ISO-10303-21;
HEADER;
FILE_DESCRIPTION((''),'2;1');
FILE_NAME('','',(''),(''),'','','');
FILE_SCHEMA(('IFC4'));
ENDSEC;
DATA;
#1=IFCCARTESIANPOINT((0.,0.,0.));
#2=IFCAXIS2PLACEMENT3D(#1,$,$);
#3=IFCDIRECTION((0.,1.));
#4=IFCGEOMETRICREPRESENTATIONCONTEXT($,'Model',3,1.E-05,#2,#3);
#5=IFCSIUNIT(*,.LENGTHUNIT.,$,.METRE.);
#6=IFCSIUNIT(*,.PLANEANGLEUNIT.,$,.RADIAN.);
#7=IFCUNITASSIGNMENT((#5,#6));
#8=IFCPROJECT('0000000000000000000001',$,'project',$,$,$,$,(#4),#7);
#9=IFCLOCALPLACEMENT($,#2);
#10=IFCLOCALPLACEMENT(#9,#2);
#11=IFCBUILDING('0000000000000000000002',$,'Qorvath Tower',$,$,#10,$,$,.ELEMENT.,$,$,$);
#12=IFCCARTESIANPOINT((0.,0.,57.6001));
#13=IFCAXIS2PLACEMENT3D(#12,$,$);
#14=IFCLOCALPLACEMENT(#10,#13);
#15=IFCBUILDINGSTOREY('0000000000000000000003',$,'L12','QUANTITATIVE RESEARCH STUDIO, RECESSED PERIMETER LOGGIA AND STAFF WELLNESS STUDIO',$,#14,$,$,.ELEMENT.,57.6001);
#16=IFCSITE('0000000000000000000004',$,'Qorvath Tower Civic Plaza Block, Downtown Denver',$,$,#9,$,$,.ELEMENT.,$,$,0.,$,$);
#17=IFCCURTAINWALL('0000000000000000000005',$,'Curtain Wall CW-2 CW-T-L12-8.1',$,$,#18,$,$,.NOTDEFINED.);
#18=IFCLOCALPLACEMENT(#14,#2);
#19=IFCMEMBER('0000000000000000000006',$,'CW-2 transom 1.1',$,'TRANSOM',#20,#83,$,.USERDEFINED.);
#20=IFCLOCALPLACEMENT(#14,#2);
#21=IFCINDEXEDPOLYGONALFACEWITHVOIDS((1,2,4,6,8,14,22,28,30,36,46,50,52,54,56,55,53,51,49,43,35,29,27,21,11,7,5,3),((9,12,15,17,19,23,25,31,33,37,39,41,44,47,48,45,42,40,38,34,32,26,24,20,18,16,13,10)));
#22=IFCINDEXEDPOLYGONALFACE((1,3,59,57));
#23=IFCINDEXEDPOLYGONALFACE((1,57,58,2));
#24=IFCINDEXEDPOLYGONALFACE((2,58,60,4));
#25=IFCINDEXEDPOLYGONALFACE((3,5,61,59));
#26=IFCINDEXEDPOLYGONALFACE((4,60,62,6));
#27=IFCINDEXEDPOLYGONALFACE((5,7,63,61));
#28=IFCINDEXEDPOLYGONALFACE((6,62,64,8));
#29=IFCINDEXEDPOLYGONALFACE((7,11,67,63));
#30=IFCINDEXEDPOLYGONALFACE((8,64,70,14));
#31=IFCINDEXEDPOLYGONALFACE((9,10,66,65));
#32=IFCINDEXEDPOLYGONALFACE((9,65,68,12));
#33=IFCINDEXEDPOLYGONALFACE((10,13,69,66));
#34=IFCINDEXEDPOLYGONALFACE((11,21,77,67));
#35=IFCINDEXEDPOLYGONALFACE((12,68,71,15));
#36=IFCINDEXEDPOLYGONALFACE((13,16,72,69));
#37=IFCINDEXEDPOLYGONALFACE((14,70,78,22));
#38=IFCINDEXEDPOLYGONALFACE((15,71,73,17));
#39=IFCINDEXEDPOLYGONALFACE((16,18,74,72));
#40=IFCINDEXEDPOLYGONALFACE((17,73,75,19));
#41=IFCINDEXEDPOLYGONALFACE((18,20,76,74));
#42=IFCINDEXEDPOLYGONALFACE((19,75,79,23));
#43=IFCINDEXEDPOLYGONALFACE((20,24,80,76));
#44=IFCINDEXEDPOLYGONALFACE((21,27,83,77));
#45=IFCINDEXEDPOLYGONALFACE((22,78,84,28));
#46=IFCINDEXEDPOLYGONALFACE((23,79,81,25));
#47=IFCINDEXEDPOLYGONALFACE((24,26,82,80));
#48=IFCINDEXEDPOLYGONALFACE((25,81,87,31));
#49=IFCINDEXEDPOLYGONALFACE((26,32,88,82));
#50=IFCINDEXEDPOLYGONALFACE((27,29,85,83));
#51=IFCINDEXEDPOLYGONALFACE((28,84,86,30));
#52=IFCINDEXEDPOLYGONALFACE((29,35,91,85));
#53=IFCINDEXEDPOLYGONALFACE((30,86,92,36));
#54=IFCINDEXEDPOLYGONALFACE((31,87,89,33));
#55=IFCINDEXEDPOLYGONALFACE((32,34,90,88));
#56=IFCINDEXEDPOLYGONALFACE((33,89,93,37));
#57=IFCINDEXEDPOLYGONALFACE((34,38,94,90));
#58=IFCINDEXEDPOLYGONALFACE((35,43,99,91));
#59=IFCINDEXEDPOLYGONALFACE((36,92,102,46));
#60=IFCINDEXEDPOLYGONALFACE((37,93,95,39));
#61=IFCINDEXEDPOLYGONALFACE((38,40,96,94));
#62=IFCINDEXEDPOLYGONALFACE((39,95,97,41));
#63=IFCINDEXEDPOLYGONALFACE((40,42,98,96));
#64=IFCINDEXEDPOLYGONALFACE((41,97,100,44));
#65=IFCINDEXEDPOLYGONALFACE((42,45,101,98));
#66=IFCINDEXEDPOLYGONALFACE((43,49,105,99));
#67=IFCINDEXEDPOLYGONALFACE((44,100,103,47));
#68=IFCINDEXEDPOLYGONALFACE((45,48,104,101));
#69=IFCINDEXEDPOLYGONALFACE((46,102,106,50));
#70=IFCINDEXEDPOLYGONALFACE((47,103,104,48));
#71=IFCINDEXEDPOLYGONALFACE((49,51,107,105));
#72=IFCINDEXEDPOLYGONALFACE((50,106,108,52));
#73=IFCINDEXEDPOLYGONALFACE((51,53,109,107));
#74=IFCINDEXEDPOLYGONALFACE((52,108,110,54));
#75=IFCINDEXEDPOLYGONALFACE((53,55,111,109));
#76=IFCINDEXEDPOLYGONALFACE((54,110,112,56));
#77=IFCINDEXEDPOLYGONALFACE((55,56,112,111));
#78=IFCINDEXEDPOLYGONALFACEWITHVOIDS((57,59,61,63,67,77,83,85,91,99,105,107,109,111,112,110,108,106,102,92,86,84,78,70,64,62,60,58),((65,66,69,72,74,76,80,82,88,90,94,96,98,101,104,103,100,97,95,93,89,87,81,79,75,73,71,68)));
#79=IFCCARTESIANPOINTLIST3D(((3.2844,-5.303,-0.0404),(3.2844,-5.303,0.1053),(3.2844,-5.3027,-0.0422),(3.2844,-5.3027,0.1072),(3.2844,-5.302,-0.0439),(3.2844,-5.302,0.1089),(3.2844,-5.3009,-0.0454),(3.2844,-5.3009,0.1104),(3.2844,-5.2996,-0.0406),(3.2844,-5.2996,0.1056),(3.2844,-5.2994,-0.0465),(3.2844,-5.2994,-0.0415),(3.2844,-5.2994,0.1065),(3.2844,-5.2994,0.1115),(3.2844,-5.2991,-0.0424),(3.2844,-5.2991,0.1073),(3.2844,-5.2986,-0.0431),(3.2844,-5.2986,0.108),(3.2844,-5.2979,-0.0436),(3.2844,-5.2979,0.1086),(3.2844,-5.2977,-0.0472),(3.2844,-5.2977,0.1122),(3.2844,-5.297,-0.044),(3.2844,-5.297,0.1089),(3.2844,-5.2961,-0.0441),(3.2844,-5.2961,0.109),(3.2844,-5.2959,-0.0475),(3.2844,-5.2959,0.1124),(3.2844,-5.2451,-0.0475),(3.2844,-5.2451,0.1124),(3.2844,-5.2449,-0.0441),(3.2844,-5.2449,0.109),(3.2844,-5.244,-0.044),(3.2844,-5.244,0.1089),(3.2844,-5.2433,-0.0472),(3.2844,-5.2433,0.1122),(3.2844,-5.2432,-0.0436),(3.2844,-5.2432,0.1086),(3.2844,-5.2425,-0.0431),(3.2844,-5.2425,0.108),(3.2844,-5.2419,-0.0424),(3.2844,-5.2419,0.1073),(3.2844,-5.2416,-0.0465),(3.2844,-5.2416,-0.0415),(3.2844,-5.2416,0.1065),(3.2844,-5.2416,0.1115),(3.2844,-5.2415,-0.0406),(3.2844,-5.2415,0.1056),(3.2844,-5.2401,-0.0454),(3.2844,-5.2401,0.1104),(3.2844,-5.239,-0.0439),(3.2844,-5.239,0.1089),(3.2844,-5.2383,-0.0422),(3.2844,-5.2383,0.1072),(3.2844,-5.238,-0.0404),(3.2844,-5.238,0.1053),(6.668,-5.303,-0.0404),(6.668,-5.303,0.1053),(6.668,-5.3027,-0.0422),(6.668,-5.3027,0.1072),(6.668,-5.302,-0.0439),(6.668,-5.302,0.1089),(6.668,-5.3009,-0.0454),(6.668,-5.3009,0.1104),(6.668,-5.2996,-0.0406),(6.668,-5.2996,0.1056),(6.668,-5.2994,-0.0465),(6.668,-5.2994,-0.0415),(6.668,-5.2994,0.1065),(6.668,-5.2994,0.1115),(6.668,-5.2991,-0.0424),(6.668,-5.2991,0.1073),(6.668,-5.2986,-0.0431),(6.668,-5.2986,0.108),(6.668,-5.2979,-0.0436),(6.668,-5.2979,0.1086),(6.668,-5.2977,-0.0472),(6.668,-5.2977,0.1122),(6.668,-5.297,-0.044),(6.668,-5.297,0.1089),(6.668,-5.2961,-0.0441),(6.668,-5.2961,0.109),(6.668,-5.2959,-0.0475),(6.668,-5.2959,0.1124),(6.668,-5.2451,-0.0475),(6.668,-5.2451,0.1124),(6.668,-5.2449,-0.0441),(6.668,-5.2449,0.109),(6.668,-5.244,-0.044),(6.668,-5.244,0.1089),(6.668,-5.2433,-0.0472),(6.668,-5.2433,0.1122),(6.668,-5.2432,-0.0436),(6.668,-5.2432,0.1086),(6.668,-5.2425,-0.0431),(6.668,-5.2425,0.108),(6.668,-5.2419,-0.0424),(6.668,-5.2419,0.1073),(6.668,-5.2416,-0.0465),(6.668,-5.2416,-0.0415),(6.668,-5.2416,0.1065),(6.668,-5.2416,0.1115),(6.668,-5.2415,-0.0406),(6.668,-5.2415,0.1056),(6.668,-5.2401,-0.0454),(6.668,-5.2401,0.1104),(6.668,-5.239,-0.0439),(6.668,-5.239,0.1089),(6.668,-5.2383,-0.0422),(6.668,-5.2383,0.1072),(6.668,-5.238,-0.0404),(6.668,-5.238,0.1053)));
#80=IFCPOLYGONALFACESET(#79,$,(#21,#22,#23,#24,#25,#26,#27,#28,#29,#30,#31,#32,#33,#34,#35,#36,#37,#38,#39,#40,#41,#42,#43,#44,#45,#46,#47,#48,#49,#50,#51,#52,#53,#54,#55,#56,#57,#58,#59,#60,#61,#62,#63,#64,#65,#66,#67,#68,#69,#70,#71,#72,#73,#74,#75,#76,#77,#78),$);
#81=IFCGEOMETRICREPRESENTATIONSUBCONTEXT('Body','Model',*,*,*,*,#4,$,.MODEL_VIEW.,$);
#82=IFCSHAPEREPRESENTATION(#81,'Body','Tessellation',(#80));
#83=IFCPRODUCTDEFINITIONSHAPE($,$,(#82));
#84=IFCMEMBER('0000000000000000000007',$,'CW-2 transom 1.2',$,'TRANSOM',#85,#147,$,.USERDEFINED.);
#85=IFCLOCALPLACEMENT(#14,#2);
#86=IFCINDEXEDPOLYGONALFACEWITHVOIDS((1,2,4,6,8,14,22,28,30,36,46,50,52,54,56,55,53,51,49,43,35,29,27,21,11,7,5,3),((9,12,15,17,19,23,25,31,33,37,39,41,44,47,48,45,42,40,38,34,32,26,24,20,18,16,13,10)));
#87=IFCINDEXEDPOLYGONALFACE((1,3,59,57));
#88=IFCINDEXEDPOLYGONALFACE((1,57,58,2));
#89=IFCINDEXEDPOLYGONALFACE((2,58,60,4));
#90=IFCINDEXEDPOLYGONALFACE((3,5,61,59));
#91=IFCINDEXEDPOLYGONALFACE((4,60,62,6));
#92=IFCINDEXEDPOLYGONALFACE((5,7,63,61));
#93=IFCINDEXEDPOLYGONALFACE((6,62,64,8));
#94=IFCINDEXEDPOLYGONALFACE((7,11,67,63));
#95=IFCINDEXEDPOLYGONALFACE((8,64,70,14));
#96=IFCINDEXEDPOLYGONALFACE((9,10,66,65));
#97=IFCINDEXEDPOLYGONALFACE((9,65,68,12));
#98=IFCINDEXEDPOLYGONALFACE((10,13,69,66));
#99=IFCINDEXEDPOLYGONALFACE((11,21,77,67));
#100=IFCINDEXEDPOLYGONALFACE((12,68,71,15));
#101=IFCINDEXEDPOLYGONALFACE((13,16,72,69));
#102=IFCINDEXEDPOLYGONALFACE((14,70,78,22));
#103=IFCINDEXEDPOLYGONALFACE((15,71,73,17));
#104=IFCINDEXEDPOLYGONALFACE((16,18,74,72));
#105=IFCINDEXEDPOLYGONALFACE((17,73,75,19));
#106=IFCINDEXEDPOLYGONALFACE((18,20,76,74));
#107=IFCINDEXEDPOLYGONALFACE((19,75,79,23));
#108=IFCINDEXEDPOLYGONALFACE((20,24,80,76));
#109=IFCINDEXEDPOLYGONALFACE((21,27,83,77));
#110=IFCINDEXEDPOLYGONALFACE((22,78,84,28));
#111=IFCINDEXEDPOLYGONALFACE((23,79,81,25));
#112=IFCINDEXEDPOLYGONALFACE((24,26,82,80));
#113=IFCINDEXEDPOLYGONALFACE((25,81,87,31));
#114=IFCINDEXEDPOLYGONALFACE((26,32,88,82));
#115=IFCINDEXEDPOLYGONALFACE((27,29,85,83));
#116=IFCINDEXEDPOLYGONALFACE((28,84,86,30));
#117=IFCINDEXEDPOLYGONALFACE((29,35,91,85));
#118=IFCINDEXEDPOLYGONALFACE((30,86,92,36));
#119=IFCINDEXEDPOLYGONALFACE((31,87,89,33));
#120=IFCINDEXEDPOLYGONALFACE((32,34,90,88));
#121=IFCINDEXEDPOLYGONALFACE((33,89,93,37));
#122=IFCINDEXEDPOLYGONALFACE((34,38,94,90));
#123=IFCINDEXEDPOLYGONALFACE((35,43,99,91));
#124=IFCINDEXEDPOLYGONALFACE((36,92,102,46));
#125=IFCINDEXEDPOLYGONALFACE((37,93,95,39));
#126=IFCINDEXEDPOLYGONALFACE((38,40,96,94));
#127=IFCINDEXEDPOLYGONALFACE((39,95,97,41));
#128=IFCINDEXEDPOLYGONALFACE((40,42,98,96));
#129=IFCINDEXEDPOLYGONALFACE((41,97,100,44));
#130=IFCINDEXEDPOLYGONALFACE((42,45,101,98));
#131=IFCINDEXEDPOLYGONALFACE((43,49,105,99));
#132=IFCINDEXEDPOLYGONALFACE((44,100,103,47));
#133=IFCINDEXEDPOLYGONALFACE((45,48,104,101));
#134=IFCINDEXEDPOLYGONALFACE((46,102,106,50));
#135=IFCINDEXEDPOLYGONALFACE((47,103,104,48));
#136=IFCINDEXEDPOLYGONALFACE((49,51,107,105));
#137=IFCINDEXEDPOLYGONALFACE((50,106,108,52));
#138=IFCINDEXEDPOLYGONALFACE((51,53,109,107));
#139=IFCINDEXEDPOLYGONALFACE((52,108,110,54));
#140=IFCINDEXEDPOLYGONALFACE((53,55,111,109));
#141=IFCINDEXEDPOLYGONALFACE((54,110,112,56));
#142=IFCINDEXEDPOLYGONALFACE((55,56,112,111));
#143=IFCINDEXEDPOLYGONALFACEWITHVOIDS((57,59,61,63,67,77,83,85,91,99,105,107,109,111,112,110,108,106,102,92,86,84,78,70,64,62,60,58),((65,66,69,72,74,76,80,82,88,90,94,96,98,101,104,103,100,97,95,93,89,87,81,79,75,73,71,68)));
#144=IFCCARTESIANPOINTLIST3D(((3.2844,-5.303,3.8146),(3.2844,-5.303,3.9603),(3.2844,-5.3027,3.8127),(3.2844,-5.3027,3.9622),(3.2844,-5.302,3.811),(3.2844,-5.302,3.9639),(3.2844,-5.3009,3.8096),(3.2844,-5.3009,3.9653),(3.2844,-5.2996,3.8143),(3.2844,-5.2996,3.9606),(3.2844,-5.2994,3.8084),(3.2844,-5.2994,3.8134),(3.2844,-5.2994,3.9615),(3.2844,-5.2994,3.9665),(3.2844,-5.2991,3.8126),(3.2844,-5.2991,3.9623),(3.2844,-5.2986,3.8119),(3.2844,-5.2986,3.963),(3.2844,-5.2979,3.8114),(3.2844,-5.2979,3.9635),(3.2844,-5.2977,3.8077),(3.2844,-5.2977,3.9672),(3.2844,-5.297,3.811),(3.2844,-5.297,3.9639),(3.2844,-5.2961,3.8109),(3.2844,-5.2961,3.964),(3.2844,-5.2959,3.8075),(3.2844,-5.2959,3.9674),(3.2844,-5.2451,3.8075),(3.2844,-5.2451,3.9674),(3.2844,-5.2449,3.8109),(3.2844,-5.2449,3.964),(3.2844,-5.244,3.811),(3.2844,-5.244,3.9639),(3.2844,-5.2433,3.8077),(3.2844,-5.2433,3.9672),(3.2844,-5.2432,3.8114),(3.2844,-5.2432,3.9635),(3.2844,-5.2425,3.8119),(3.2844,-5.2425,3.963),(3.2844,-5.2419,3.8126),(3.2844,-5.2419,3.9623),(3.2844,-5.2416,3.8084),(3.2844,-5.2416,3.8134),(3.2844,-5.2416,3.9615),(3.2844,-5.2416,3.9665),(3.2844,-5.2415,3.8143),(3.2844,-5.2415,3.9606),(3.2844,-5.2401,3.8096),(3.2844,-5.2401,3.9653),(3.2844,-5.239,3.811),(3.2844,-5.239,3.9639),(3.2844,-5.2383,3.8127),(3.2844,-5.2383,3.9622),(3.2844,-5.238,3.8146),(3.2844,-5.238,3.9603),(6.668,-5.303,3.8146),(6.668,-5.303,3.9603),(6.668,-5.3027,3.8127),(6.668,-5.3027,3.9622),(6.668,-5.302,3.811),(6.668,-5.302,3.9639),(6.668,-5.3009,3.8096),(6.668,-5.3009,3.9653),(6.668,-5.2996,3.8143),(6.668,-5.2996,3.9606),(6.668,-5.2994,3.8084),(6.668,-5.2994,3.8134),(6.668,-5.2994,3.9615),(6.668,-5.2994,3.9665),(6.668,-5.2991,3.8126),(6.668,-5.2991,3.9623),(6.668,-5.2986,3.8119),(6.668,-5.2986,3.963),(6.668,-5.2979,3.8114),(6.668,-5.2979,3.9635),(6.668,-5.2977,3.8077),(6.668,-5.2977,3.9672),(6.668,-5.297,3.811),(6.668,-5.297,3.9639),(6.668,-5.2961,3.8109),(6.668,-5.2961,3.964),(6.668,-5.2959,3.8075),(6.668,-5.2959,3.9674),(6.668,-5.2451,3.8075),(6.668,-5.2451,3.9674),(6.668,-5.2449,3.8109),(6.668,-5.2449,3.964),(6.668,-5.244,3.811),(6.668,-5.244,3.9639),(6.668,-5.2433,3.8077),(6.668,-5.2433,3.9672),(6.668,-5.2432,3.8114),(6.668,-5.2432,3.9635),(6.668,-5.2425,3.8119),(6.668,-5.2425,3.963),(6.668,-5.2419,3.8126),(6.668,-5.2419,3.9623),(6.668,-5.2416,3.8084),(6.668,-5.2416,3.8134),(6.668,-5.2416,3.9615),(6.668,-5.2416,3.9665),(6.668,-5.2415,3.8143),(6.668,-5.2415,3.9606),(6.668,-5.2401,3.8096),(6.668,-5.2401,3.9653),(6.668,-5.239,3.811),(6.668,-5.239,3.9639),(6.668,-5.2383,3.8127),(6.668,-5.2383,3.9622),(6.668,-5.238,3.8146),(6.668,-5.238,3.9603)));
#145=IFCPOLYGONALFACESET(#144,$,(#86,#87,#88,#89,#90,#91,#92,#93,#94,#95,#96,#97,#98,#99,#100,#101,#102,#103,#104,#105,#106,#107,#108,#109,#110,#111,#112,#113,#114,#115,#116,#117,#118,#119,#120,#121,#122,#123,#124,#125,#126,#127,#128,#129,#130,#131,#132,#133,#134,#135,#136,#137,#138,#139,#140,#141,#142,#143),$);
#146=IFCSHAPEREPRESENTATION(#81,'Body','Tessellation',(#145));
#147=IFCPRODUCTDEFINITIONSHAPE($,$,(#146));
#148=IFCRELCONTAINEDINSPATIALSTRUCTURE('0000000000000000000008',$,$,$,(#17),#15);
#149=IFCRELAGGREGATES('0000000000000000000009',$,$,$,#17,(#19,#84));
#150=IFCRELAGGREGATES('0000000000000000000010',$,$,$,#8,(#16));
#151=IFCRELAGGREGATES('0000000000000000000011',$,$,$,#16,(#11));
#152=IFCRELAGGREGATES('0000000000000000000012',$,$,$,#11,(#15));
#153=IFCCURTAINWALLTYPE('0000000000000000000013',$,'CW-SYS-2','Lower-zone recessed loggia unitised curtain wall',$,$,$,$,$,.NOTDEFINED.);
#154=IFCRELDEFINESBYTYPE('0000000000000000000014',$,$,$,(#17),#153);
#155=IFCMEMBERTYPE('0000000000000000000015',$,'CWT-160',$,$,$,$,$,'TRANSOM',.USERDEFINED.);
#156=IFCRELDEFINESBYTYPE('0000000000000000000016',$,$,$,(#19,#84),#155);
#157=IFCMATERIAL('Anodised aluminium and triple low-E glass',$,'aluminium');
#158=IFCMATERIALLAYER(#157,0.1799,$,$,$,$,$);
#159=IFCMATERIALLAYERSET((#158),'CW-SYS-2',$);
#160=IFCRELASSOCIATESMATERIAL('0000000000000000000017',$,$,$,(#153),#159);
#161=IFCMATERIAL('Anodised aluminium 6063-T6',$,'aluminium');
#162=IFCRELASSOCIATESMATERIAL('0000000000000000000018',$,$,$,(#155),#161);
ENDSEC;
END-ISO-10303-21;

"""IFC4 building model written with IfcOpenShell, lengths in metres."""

from ifc_helpers import new_model, si_unit, direction, frame, origin, origin_2d, place, context, subcontext, project, spatial, hollow_rectangle, extrude, material, layer, layer_set, material_profile, profile_set, type_object, element, aggregate, save


model = new_model("IFC4")

# Units and contexts
model_context = context("Model", 3, precision=1e-05, world=origin(), true_north=direction((0.0, 1.0)))
body_context = subcontext(model_context, "Body", "Model", "MODEL_VIEW")
ifc_project = project(units=[si_unit("LENGTHUNIT", "METRE"), si_unit("PLANEANGLEUNIT", "RADIAN")], contexts=[model_context])

# Site, building, storey
site_placement = place(None, origin())
site = spatial("IfcSite", under=ifc_project, at=site_placement, Name="Qorvath Tower Civic Plaza Block, Downtown Denver", CompositionType="ELEMENT", RefElevation=0.0)
building_placement = place(site_placement, origin())
building = spatial("IfcBuilding", under=site, at=building_placement, Name="Qorvath Tower", CompositionType="ELEMENT")
storey_placement = place(building_placement, frame((0.0, 0.0, 57.6001)))
storey = spatial("IfcBuildingStorey", under=building, at=storey_placement, Name="L12", Description="QUANTITATIVE RESEARCH STUDIO, RECESSED PERIMETER LOGGIA AND STAFF WELLNESS STUDIO", CompositionType="ELEMENT", Elevation=57.6001)

# Shared definitions
ifc_material_1 = material(Name="Anodised aluminium and triple low-E glass", Category="aluminium")
ifc_layer_1 = layer(ifc_material_1, 0.1799)
ifc_layer_set_1 = layer_set([ifc_layer_1], Name="CW-SYS-2")
curtain_wall_type = type_object("IfcCurtainWallType", Name="CW-SYS-2", Description="Lower-zone recessed loggia unitised curtain wall", PredefinedType="NOTDEFINED", material=ifc_layer_set_1)

# Curtain wall
curtain_wall_1_placement = place(storey_placement, origin())
curtain_wall_1 = element("IfcCurtainWall", 1, at=curtain_wall_1_placement, inside=storey, type_object=curtain_wall_type, Name="Curtain Wall CW-2 CW-T-L12-8.1", PredefinedType="NOTDEFINED")

# Members
ifc_material_2 = material(Name="Anodised aluminium 6063-T6", Category="aluminium")
ifc_material_profile_1 = material_profile(ifc_material_2, hollow_rectangle(XDim=0.0649, YDim=0.1599, WallThickness=0.0034, InnerFilletRadius=0.0034, OuterFilletRadius=0.0071, at=origin_2d()), Name="CWT 160x65")
ifc_profile_set_1 = profile_set([ifc_material_profile_1], Name="Anodised aluminium 6063-T6")
member_type_1 = type_object("IfcMemberType", Name="CWT-160", ElementType="TRANSOM", PredefinedType="USERDEFINED", material=ifc_profile_set_1)
member_1_placement = place(storey_placement, frame((6.668, -5.2705, 0.0325), z_axis=(-1.0, 0.0, 0.0), x_axis=(0.0, -1.0, 0.0)))
member_1 = element("IfcMember", 2, at=member_1_placement, type_object=member_type_1, Name="CW-2 transom 1.1", ObjectType="TRANSOM", PredefinedType="USERDEFINED", context=body_context, shape_type="SweptSolid", body=[
    extrude(hollow_rectangle(XDim=0.0649, YDim=0.1599, WallThickness=0.0034, InnerFilletRadius=0.0034, OuterFilletRadius=0.0071, at=origin_2d()), origin(), (0.0, 0.0, 1.0), 3.3835),
])
member_2_placement = place(storey_placement, frame((6.668, -5.2705, 3.8875), z_axis=(-1.0, 0.0, 0.0), x_axis=(0.0, -1.0, 0.0)))
member_2 = element("IfcMember", 3, at=member_2_placement, type_object=member_type_1, Name="CW-2 transom 1.2", ObjectType="TRANSOM", PredefinedType="USERDEFINED", context=body_context, shape_type="SweptSolid", body=[
    extrude(hollow_rectangle(XDim=0.0649, YDim=0.1599, WallThickness=0.0034, InnerFilletRadius=0.0034, OuterFilletRadius=0.0071, at=origin_2d()), origin(), (0.0, 0.0, 1.0), 3.3835),
])

aggregate(curtain_wall_1, [member_1, member_2])

save(model, "model.ifc")
